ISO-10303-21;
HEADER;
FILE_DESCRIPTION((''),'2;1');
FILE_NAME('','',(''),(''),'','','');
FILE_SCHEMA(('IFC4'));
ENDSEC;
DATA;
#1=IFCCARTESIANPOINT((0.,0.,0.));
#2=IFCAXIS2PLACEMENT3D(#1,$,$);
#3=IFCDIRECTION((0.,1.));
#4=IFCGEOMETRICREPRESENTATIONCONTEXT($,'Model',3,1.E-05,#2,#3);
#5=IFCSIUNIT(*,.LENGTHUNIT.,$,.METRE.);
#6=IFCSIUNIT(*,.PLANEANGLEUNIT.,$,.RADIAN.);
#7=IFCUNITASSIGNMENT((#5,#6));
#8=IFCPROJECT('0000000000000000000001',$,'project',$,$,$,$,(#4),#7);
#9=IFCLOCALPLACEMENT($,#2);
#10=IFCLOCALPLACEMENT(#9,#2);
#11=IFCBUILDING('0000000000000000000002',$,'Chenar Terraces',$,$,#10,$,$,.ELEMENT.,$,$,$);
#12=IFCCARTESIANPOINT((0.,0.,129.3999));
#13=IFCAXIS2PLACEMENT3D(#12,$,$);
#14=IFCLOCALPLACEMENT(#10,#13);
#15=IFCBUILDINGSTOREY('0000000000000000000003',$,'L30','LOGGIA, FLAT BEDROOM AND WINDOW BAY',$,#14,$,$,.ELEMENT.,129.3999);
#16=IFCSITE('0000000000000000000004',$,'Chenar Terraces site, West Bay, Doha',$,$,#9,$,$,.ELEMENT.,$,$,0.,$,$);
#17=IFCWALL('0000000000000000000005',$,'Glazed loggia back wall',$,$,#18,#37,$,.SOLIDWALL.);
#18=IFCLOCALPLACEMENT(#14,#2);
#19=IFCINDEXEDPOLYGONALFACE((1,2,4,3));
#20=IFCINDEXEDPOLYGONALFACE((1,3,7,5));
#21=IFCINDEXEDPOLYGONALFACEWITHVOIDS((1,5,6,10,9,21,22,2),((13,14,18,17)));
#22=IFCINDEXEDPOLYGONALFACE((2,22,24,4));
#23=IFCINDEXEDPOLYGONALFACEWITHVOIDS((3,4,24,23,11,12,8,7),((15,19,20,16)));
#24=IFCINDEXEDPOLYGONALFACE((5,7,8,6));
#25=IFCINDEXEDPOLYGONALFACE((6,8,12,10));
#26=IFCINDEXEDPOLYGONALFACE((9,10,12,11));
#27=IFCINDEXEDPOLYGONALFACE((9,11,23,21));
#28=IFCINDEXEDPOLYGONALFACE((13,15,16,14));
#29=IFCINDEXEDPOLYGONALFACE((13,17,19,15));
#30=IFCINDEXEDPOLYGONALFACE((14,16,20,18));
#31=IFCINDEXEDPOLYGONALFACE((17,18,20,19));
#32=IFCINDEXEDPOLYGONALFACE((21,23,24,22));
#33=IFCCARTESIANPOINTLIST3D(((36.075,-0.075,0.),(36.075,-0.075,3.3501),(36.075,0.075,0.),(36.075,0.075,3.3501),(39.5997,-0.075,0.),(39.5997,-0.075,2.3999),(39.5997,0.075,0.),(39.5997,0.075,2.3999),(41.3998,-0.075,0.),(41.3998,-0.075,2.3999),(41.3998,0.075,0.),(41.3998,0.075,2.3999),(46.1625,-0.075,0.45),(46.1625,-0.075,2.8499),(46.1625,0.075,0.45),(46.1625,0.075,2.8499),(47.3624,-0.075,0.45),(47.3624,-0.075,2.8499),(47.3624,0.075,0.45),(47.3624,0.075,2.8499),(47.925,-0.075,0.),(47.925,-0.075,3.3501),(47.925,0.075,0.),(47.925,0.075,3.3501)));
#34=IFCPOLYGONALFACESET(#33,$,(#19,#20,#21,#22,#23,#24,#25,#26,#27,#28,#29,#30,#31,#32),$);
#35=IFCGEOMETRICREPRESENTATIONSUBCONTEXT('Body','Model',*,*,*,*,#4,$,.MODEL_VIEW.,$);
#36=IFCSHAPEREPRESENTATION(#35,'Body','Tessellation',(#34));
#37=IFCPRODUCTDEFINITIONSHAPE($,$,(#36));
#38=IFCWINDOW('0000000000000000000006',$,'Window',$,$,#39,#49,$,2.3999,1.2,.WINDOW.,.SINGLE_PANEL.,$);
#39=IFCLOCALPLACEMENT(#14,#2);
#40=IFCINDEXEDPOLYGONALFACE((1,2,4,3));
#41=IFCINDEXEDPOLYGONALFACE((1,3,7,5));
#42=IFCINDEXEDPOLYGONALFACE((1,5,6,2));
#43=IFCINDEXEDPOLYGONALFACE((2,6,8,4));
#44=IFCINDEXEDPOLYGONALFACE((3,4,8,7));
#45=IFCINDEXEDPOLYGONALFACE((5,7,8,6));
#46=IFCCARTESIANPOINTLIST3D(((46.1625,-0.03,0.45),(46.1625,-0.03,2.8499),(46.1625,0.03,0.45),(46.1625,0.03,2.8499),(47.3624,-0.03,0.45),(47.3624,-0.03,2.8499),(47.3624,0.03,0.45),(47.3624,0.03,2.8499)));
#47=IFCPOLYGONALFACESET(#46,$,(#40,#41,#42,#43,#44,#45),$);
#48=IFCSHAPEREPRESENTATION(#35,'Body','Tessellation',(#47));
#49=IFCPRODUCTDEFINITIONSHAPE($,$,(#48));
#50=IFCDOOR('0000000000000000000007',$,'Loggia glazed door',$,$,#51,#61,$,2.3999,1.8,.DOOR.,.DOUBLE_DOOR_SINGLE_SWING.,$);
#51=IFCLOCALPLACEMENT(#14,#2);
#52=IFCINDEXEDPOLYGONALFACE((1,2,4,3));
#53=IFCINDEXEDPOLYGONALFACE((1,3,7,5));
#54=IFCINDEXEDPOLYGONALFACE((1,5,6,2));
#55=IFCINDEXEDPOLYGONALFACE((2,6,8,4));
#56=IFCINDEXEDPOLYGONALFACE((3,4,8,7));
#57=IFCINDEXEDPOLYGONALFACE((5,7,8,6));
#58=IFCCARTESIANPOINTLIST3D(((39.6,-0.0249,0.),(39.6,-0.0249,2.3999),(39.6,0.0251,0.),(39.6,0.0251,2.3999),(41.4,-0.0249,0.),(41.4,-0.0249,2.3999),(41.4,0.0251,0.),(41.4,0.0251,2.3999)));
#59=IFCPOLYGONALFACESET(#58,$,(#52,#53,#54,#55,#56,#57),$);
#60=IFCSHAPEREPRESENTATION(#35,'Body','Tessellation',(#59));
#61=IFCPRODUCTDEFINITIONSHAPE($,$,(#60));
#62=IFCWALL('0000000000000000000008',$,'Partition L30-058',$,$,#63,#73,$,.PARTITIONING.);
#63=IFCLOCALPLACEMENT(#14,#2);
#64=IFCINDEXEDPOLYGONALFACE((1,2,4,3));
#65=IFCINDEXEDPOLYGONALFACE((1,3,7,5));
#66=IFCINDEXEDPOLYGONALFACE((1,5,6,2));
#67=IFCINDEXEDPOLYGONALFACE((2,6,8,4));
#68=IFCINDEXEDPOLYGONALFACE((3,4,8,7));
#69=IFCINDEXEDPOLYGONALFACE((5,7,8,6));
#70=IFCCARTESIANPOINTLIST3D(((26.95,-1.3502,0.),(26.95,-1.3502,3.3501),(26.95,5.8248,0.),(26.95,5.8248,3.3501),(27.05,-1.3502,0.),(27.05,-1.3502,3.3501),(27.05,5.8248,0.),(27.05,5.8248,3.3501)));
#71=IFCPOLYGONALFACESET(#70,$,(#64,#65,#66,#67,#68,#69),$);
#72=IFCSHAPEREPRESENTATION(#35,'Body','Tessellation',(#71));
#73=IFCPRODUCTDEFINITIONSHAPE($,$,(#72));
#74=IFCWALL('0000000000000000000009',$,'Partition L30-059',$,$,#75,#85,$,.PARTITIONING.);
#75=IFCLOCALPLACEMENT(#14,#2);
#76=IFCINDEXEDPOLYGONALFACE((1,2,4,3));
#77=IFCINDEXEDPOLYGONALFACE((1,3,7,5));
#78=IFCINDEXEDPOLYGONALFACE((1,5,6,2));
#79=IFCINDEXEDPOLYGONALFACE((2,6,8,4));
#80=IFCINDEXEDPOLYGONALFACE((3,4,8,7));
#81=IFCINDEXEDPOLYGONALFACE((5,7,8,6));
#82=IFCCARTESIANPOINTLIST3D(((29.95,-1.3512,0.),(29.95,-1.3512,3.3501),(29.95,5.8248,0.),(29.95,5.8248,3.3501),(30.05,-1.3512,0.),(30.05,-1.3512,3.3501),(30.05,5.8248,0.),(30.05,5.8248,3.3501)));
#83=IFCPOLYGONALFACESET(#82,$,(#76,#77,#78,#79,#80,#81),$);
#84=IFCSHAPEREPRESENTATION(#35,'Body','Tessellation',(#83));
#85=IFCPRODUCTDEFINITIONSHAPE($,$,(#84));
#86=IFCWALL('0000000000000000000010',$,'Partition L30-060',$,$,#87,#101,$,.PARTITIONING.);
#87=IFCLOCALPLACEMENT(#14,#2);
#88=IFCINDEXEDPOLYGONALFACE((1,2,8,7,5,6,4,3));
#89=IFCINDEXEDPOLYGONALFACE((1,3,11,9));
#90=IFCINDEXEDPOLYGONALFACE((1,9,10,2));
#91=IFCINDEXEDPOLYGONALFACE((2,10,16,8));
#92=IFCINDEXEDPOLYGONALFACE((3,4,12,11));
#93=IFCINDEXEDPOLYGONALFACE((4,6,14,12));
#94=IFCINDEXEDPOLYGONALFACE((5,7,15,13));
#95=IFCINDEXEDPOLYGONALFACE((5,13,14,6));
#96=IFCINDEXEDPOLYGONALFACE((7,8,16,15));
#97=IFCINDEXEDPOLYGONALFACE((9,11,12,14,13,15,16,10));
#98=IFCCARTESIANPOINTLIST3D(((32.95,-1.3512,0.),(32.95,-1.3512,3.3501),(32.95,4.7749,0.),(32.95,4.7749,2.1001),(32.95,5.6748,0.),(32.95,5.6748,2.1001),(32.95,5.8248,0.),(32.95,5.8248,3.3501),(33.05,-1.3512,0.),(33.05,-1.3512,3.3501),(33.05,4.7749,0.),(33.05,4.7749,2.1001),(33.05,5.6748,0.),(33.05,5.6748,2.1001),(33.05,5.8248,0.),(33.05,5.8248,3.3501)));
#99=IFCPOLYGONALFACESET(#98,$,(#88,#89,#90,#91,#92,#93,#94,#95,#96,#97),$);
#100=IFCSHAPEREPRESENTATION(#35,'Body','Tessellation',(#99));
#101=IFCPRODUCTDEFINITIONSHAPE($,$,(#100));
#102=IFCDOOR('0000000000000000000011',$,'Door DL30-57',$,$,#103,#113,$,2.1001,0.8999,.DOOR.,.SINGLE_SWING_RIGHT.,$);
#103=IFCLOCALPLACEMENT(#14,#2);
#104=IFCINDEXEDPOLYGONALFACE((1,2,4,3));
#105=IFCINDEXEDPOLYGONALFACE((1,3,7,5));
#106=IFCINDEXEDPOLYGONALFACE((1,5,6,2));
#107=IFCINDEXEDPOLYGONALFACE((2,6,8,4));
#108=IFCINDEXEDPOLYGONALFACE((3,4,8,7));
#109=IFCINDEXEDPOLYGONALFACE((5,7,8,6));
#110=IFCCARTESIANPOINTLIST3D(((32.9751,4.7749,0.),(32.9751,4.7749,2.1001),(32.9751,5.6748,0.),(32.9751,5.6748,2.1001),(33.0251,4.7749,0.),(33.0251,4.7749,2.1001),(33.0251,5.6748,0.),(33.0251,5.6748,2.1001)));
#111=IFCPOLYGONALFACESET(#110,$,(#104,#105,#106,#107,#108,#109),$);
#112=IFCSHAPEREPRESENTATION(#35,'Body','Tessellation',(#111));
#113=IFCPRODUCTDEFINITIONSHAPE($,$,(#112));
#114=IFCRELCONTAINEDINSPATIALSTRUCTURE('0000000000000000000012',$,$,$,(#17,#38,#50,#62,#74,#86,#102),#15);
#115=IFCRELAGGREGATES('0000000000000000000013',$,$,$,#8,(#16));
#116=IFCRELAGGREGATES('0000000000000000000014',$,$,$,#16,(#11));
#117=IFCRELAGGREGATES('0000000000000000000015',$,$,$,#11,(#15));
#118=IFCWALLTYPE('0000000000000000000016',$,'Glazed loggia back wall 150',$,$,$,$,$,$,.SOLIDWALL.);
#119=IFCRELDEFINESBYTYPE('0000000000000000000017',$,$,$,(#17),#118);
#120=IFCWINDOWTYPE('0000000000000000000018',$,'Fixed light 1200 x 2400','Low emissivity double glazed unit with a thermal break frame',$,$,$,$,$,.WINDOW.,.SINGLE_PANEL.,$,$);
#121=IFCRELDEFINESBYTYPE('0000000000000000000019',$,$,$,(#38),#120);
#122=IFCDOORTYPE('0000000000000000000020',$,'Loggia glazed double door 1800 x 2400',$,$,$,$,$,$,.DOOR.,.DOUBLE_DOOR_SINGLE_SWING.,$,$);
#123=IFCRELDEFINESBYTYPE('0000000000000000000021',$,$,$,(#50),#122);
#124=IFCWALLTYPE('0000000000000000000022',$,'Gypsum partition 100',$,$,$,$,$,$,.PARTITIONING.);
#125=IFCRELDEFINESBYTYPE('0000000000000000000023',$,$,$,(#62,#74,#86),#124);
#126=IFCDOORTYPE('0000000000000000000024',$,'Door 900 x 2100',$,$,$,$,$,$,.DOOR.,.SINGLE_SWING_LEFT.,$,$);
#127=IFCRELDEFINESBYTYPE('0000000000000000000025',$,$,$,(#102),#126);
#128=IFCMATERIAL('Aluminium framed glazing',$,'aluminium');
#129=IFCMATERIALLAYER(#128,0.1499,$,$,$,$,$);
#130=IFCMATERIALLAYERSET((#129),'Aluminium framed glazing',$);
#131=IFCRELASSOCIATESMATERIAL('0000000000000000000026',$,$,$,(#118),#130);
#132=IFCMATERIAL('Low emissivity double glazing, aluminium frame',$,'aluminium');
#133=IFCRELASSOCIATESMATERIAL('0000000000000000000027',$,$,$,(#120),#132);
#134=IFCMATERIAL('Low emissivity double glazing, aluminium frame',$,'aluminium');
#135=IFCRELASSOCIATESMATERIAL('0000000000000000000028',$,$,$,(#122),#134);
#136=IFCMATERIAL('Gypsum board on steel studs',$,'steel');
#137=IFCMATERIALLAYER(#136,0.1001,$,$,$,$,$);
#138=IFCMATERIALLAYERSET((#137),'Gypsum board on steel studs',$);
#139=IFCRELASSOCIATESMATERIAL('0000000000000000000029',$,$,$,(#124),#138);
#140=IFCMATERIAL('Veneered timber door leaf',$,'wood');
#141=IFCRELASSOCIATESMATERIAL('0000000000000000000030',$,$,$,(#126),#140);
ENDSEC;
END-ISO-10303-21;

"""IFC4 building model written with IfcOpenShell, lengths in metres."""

from ifc_helpers import new_model, si_unit, direction, frame, frame_2d, origin, place, context, subcontext, project, spatial, rectangle, extrude, material, layer, layer_set, type_object, element, fill, save


model = new_model("IFC4")

# Units and contexts
model_context = context("Model", 3, precision=1e-05, world=origin(), true_north=direction((0.0, 1.0)))
body_context = subcontext(model_context, "Body", "Model", "MODEL_VIEW")
ifc_project = project(units=[si_unit("LENGTHUNIT", "METRE"), si_unit("PLANEANGLEUNIT", "RADIAN")], contexts=[model_context])

# Site, building, storey
site_placement = place(None, origin())
site = spatial("IfcSite", under=ifc_project, at=site_placement, Name="Chenar Terraces site, West Bay, Doha", CompositionType="ELEMENT", RefElevation=0.0)
building_placement = place(site_placement, origin())
building = spatial("IfcBuilding", under=site, at=building_placement, Name="Chenar Terraces", CompositionType="ELEMENT")
storey_placement = place(building_placement, frame((0.0, 0.0, 129.3999)))
storey = spatial("IfcBuildingStorey", under=building, at=storey_placement, Name="L30", Description="LOGGIA, FLAT BEDROOM AND WINDOW BAY", CompositionType="ELEMENT", Elevation=129.3999)

# Wall, openings, window, door
ifc_material_1 = material(Name="Aluminium framed glazing", Category="aluminium")
ifc_layer_1 = layer(ifc_material_1, 0.1499)
ifc_layer_set_1 = layer_set([ifc_layer_1], Name="Aluminium framed glazing")
wall_type_1 = type_object("IfcWallType", Name="Glazed loggia back wall 150", PredefinedType="SOLIDWALL", material=ifc_layer_set_1)
wall_1_placement = place(storey_placement, frame((36.075, 0.0, 0.0), z_axis=(0.0, 0.0, 1.0), x_axis=(1.0, 0.0, 0.0)))
wall_1 = element("IfcWall", 1, at=wall_1_placement, inside=storey, type_object=wall_type_1, Name="Glazed loggia back wall", PredefinedType="SOLIDWALL", context=body_context, shape_type="SweptSolid", body=[
    extrude(rectangle(XDim=11.8501, YDim=0.1499, at=frame_2d((5.925, 0.0))), origin(), (0.0, 0.0, 1.0), 3.3501),
])
opening_1_placement = place(wall_1_placement, frame((3.5249, 0.0, 0.0)))
opening_1 = element("IfcOpeningElement", 2, at=opening_1_placement, cuts=wall_1, PredefinedType="OPENING", context=body_context, shape_type="SweptSolid", body=[
    extrude(rectangle(XDim=1.8, YDim=2.3999, at=frame_2d((0.8999, 1.2))), frame((0.0, 0.085, 0.0), z_axis=(0.0, -1.0, 0.0), x_axis=(1.0, 0.0, 0.0)), (0.0, 0.0, 1.0), 0.1699),
])
opening_2_placement = place(wall_1_placement, frame((10.0874, 0.0, 0.45)))
opening_2 = element("IfcOpeningElement", 3, at=opening_2_placement, cuts=wall_1, PredefinedType="OPENING", context=body_context, shape_type="SweptSolid", body=[
    extrude(rectangle(XDim=1.2, YDim=2.3999, at=frame_2d((0.6001, 1.2))), frame((0.0, 0.085, 0.0), z_axis=(0.0, -1.0, 0.0), x_axis=(1.0, 0.0, 0.0)), (0.0, 0.0, 1.0), 0.1699),
])
ifc_material_2 = material(Name="Low emissivity double glazing, aluminium frame", Category="aluminium")
window_type = type_object("IfcWindowType", Name="Fixed light 1200 x 2400", Description="Low emissivity double glazed unit with a thermal break frame", PartitioningType="SINGLE_PANEL", PredefinedType="WINDOW", material=ifc_material_2)
window_placement = place(opening_2_placement, origin())
window = element("IfcWindow", 4, at=window_placement, inside=storey, type_object=window_type, Name="Window", OverallHeight=2.3999, OverallWidth=1.2, PartitioningType="SINGLE_PANEL", PredefinedType="WINDOW", context=body_context, shape_type="SweptSolid", body=[
    extrude(rectangle(XDim=1.2, YDim=2.3999, at=frame_2d((0.6001, 1.2))), frame((0.0, 0.03, 0.0), z_axis=(0.0, -1.0, 0.0), x_axis=(1.0, 0.0, 0.0)), (0.0, 0.0, 1.0), 0.0601),
])
fill(opening_2, window)
ifc_material_3 = material(Name="Low emissivity double glazing, aluminium frame", Category="aluminium")
door_type_1 = type_object("IfcDoorType", Name="Loggia glazed double door 1800 x 2400", OperationType="DOUBLE_DOOR_SINGLE_SWING", PredefinedType="DOOR", material=ifc_material_3)
door_1_placement = place(opening_1_placement, frame((1.8, 0.0, 0.0), z_axis=(0.0, 0.0, 1.0), x_axis=(-1.0, 0.0, 0.0)))
door_1 = element("IfcDoor", 5, at=door_1_placement, inside=storey, type_object=door_type_1, Name="Loggia glazed door", OperationType="DOUBLE_DOOR_SINGLE_SWING", OverallHeight=2.3999, OverallWidth=1.8, PredefinedType="DOOR", context=body_context, shape_type="SweptSolid", body=[
    extrude(rectangle(XDim=1.8, YDim=2.3999, at=frame_2d((0.8999, 1.2))), frame((0.0, 0.0249, 0.0), z_axis=(0.0, -1.0, 0.0), x_axis=(1.0, 0.0, 0.0)), (0.0, 0.0, 1.0), 0.05),
])
fill(opening_1, door_1)

# Walls
ifc_material_4 = material(Name="Gypsum board on steel studs", Category="steel")
ifc_layer_2 = layer(ifc_material_4, 0.1001)
ifc_layer_set_2 = layer_set([ifc_layer_2], Name="Gypsum board on steel studs")
wall_type_2 = type_object("IfcWallType", Name="Gypsum partition 100", PredefinedType="PARTITIONING", material=ifc_layer_set_2)
wall_2_placement = place(storey_placement, frame((27.0, -1.3501, 0.0), z_axis=(0.0, 0.0, 1.0), x_axis=(0.0, 1.0, 0.0)))
element("IfcWall", 6, at=wall_2_placement, inside=storey, type_object=wall_type_2, Name="Partition L30-058", PredefinedType="PARTITIONING", context=body_context, shape_type="SweptSolid", body=[
    extrude(rectangle(XDim=7.175, YDim=0.1001, at=frame_2d((3.5874, 0.0))), origin(), (0.0, 0.0, 1.0), 3.3501),
])
wall_3_placement = place(storey_placement, frame((30.0, -1.3511, 0.0), z_axis=(0.0, 0.0, 1.0), x_axis=(0.0, 1.0, 0.0)))
element("IfcWall", 7, at=wall_3_placement, inside=storey, type_object=wall_type_2, Name="Partition L30-059", PredefinedType="PARTITIONING", context=body_context, shape_type="SweptSolid", body=[
    extrude(rectangle(XDim=7.176, YDim=0.1001, at=frame_2d((3.5879, 0.0))), origin(), (0.0, 0.0, 1.0), 3.3501),
])

# Wall, opening, door
wall_4_placement = place(storey_placement, frame((33.0, -1.3511, 0.0), z_axis=(0.0, 0.0, 1.0), x_axis=(0.0, 1.0, 0.0)))
wall_4 = element("IfcWall", 8, at=wall_4_placement, inside=storey, type_object=wall_type_2, Name="Partition L30-060", PredefinedType="PARTITIONING", context=body_context, shape_type="SweptSolid", body=[
    extrude(rectangle(XDim=7.176, YDim=0.1001, at=frame_2d((3.5879, 0.0))), origin(), (0.0, 0.0, 1.0), 3.3501),
])
opening_3_placement = place(wall_4_placement, frame((6.126, 0.0, 0.0)))
opening_3 = element("IfcOpeningElement", 9, at=opening_3_placement, cuts=wall_4, PredefinedType="OPENING", context=body_context, shape_type="SweptSolid", body=[
    extrude(rectangle(XDim=0.8999, YDim=2.1001, at=frame_2d((0.45, 1.05))), frame((0.0, 0.0601, 0.0), z_axis=(0.0, -1.0, 0.0), x_axis=(1.0, 0.0, 0.0)), (0.0, 0.0, 1.0), 0.1201),
])
ifc_material_5 = material(Name="Veneered timber door leaf", Category="wood")
door_type_2 = type_object("IfcDoorType", Name="Door 900 x 2100", OperationType="SINGLE_SWING_LEFT", PredefinedType="DOOR", material=ifc_material_5)
door_2_placement = place(opening_3_placement, origin())
door_2 = element("IfcDoor", 10, at=door_2_placement, inside=storey, type_object=door_type_2, Name="Door DL30-57", OperationType="SINGLE_SWING_RIGHT", OverallHeight=2.1001, OverallWidth=0.8999, PredefinedType="DOOR", context=body_context, shape_type="SweptSolid", body=[
    extrude(rectangle(XDim=0.8999, YDim=2.1001, at=frame_2d((0.45, 1.05))), frame((0.0, 0.0249, 0.0), z_axis=(0.0, -1.0, 0.0), x_axis=(1.0, 0.0, 0.0)), (0.0, 0.0, 1.0), 0.05),
])
fill(opening_3, door_2)

save(model, "model.ifc")
